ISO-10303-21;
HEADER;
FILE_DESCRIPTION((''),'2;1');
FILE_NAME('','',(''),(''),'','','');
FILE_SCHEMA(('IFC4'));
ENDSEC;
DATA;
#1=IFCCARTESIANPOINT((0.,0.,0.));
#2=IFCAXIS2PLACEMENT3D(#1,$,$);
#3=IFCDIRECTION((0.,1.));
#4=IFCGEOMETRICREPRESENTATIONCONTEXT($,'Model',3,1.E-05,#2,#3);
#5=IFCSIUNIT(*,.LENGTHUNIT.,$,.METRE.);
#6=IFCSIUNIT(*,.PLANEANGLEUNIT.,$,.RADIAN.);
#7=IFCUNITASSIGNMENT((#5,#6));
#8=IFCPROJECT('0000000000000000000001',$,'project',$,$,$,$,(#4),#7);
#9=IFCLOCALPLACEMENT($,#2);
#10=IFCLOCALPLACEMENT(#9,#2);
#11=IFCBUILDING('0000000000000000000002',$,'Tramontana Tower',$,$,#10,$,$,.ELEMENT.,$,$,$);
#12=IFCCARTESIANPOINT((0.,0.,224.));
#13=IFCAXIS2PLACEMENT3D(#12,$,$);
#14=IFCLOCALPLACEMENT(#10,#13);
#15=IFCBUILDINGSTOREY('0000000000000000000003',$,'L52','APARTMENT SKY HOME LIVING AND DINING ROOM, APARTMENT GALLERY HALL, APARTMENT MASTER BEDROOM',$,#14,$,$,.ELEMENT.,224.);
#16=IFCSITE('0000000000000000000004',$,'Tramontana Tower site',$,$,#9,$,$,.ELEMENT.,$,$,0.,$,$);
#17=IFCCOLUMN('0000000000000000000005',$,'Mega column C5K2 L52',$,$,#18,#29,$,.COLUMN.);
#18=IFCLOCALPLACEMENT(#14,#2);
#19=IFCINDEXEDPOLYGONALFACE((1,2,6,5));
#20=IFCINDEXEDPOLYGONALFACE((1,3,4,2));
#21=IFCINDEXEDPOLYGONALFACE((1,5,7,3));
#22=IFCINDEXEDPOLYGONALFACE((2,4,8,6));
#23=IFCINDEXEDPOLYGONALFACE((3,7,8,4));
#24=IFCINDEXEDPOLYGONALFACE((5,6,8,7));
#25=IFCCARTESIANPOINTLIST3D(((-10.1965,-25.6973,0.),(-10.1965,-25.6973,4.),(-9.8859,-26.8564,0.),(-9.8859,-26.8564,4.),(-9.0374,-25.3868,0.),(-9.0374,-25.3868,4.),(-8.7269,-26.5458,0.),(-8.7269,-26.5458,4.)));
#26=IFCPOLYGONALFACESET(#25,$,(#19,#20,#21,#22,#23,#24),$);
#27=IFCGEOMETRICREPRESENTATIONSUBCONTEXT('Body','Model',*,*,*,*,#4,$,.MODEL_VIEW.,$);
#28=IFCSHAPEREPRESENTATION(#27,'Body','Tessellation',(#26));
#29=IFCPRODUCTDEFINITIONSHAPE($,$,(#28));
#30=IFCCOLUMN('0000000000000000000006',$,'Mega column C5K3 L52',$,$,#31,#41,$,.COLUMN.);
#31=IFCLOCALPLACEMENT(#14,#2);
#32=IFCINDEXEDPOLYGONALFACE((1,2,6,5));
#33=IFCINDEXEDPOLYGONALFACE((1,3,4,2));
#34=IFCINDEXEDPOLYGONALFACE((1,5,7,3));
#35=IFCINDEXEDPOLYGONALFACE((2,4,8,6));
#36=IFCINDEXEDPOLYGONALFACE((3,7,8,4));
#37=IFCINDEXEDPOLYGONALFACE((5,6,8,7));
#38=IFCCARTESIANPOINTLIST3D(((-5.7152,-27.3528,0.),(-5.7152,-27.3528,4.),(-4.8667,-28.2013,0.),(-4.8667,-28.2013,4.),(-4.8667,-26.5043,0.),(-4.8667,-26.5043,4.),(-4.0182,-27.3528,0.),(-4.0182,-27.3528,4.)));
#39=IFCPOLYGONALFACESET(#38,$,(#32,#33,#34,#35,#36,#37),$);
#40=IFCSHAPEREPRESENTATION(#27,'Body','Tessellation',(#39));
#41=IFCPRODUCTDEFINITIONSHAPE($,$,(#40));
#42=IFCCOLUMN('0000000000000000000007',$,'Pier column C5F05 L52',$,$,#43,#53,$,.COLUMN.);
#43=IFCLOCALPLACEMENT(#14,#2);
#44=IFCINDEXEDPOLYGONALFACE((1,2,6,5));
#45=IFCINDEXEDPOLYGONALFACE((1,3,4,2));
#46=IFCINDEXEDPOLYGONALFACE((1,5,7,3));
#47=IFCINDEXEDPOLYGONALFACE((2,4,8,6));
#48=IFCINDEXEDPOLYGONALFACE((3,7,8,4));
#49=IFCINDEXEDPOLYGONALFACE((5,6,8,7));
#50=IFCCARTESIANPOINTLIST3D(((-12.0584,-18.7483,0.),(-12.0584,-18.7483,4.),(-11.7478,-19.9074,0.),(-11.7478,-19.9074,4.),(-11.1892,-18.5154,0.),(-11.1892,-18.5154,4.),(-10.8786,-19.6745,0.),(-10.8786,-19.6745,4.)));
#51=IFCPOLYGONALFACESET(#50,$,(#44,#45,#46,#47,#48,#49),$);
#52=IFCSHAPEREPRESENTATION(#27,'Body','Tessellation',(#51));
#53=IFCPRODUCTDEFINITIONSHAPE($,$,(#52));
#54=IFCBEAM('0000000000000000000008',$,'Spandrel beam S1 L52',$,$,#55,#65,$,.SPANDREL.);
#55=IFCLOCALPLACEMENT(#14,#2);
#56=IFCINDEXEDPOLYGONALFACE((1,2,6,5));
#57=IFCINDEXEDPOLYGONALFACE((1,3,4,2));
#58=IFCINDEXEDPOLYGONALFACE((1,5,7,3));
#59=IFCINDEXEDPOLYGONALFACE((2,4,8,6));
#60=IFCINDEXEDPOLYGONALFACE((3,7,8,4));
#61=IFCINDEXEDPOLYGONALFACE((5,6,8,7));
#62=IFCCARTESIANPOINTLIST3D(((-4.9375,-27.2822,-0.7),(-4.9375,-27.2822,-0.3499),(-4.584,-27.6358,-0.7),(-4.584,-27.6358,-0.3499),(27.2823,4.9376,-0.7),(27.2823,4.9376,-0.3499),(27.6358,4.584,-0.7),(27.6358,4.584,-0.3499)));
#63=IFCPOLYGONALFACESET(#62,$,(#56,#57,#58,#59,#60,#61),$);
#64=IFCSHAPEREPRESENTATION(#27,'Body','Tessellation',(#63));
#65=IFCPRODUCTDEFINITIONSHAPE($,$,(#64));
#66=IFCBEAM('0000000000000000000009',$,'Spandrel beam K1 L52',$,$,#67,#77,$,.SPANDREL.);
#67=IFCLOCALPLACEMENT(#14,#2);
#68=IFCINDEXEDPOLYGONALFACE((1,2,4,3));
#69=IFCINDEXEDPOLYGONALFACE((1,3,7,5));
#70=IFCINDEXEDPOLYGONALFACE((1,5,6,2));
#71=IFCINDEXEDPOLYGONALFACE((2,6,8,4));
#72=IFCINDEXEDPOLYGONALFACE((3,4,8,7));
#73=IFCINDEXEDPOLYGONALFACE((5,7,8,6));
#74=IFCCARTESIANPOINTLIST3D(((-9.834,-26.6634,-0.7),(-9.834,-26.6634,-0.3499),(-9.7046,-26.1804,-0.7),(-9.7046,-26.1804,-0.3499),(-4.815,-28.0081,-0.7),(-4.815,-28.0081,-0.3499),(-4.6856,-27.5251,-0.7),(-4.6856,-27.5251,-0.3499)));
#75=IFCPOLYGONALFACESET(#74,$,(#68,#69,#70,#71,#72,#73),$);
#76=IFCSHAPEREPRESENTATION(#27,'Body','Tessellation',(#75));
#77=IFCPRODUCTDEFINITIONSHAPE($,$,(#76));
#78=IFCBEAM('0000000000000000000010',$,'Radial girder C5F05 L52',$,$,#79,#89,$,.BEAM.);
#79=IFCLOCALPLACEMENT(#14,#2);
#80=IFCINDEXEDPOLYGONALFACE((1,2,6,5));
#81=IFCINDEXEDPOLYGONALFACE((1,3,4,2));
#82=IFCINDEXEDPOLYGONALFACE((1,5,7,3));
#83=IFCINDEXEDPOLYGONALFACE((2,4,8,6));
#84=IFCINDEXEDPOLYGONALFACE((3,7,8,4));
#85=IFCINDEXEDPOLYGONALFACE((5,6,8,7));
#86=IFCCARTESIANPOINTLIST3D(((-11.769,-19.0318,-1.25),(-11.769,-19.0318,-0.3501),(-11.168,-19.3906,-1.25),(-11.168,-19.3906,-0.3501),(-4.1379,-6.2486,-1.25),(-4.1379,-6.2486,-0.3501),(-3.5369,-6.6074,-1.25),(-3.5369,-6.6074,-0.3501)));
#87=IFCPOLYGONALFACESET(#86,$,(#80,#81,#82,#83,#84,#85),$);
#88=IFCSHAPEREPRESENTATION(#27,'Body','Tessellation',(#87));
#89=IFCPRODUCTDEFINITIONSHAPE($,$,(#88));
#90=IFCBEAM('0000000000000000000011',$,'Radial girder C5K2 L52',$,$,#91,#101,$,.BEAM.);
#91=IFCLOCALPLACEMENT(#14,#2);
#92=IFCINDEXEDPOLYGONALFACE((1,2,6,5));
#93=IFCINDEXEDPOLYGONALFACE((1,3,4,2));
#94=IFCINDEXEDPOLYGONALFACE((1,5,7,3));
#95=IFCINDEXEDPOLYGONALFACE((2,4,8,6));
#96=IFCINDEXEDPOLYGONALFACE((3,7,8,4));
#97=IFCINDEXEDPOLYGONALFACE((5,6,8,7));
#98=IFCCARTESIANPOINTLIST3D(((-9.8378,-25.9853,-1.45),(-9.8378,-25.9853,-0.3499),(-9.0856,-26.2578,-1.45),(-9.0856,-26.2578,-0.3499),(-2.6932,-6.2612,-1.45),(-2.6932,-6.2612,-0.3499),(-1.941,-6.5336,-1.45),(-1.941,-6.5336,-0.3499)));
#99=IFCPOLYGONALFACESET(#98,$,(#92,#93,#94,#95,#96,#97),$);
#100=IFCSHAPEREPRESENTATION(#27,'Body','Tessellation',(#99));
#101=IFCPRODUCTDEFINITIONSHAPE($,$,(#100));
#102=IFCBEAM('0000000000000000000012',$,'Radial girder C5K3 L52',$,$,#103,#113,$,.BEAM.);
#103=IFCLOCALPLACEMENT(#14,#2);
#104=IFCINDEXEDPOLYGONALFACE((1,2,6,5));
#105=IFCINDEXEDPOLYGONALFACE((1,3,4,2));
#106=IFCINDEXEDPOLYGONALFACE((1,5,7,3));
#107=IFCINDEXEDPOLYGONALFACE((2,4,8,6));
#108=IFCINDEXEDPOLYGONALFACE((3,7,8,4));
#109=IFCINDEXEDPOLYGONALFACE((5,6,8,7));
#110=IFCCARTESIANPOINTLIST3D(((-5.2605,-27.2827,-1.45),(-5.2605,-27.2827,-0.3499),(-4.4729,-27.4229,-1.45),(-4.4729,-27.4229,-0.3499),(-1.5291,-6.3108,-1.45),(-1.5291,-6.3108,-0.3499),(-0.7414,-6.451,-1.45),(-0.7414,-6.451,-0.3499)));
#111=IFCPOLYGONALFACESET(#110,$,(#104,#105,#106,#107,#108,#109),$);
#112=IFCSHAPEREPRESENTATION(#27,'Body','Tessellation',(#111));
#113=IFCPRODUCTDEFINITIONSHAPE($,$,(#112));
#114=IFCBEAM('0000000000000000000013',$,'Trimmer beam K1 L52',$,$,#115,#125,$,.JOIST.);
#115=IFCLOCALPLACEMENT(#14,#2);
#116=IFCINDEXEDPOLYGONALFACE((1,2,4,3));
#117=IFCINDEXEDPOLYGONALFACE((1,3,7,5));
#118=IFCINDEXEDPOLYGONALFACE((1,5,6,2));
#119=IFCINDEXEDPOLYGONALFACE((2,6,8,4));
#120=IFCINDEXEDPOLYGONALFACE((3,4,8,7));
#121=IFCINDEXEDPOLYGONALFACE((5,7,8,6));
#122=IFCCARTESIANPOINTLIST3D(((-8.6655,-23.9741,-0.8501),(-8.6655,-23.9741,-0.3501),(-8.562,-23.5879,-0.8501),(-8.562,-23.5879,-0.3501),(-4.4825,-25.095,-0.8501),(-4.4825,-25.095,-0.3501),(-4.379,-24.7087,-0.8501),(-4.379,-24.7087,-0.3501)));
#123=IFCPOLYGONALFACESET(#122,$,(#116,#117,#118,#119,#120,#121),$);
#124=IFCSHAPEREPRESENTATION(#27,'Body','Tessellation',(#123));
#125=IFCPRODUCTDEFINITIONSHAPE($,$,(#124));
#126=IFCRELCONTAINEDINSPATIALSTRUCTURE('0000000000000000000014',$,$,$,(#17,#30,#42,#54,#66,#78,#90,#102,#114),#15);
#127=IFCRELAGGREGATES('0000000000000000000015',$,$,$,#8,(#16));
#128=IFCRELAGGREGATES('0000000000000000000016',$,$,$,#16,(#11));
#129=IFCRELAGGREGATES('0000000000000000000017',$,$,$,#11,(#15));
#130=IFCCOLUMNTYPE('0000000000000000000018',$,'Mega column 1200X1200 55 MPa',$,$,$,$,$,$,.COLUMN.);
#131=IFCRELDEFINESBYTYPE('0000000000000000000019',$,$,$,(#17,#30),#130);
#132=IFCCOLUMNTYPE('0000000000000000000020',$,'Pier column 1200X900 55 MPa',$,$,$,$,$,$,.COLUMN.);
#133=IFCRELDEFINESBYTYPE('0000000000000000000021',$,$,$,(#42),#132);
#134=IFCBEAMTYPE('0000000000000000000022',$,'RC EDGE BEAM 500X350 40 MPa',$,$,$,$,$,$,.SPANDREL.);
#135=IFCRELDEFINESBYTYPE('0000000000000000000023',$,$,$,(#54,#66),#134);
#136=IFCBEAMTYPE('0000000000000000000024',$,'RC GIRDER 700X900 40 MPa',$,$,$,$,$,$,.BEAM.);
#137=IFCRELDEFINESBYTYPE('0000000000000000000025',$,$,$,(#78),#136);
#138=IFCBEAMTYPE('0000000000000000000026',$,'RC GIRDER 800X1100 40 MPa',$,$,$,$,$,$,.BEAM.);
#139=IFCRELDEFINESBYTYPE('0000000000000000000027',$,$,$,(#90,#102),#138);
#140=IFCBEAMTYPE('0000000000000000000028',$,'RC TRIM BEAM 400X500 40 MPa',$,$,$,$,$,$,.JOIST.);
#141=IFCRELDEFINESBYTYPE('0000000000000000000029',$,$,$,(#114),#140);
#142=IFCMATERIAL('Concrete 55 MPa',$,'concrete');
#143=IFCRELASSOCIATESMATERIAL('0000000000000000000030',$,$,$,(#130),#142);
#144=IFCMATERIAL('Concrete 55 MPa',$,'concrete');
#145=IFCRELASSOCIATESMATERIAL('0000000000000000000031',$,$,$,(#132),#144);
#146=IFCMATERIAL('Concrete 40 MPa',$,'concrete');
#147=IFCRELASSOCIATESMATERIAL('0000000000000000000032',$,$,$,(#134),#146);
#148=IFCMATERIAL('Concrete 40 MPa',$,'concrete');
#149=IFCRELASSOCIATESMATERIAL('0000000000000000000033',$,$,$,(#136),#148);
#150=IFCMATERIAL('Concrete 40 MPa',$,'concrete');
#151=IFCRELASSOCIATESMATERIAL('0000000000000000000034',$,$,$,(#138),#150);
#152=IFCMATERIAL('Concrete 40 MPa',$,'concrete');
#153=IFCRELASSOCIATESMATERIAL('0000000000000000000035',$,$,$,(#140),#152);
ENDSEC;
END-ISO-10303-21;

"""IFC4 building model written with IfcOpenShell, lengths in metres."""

from ifc_helpers import new_model, si_unit, direction, frame, origin, origin_2d, place, context, subcontext, project, spatial, rectangle, extrude, material, material_profile, profile_set, type_object, element, save


model = new_model("IFC4")

# Units and contexts
model_context = context("Model", 3, precision=1e-05, world=origin(), true_north=direction((0.0, 1.0)))
body_context = subcontext(model_context, "Body", "Model", "MODEL_VIEW")
ifc_project = project(units=[si_unit("LENGTHUNIT", "METRE"), si_unit("PLANEANGLEUNIT", "RADIAN")], contexts=[model_context])

# Site, building, storey
site_placement = place(None, origin())
site = spatial("IfcSite", under=ifc_project, at=site_placement, Name="Tramontana Tower site", CompositionType="ELEMENT", RefElevation=0.0)
building_placement = place(site_placement, origin())
building = spatial("IfcBuilding", under=site, at=building_placement, Name="Tramontana Tower", CompositionType="ELEMENT")
storey_placement = place(building_placement, frame((0.0, 0.0, 224.0)))
storey = spatial("IfcBuildingStorey", under=building, at=storey_placement, Name="L52", Description="APARTMENT SKY HOME LIVING AND DINING ROOM, APARTMENT GALLERY HALL, APARTMENT MASTER BEDROOM", CompositionType="ELEMENT", Elevation=224.0)

# Columns
ifc_material_1 = material(Name="Concrete 55 MPa", Category="concrete")
ifc_material_profile_1 = material_profile(ifc_material_1, rectangle(XDim=1.2, YDim=1.2, at=origin_2d()), Name="Mega column 1200X1200 55 MPa")
ifc_profile_set_1 = profile_set([ifc_material_profile_1], Name="Concrete 55 MPa")
column_type_1 = type_object("IfcColumnType", Name="Mega column 1200X1200 55 MPa", PredefinedType="COLUMN", material=ifc_profile_set_1)
for number, where, z_axis, x_axis, name in (
    (1, (-9.4617, -26.1216, 0.0), (0.0, 0.0, 1.0), (0.258819, -0.965926, 0.0), "Mega column C5K2 L52"),
    (2, (-4.8667, -27.3528, 0.0), (0.0, 0.0, 1.0), (0.707107, 0.707107, 0.0), "Mega column C5K3 L52"),
):
    element("IfcColumn", number, at=place(storey_placement, frame(where, z_axis=z_axis, x_axis=x_axis)), inside=storey, type_object=column_type_1, Name=name, PredefinedType="COLUMN", context=body_context, shape_type="SweptSolid", body=[
        extrude(rectangle(XDim=1.2, YDim=1.2, at=origin_2d()), origin(), (0.0, 0.0, 1.0), 4.0),
    ])
ifc_material_2 = material(Name="Concrete 55 MPa", Category="concrete")
ifc_material_profile_2 = material_profile(ifc_material_2, rectangle(XDim=1.2, YDim=0.8999, at=origin_2d()), Name="Pier column 1200X900 55 MPa")
ifc_profile_set_2 = profile_set([ifc_material_profile_2], Name="Concrete 55 MPa")
column_type_2 = type_object("IfcColumnType", Name="Pier column 1200X900 55 MPa", PredefinedType="COLUMN", material=ifc_profile_set_2)
column_placement = place(storey_placement, frame((-11.4685, -19.2114, 0.0), z_axis=(0.0, 0.0, 1.0), x_axis=(0.258819, -0.965926, 0.0)))
element("IfcColumn", 3, at=column_placement, inside=storey, type_object=column_type_2, Name="Pier column C5F05 L52", PredefinedType="COLUMN", context=body_context, shape_type="SweptSolid", body=[
    extrude(rectangle(XDim=1.2, YDim=0.8999, at=origin_2d()), origin(), (0.0, 0.0, 1.0), 4.0),
])

# Beams
ifc_material_3 = material(Name="Concrete 40 MPa", Category="concrete")
ifc_material_profile_3 = material_profile(ifc_material_3, rectangle(XDim=0.5, YDim=0.3501, at=origin_2d()), Name="RC EDGE BEAM 500X350 40 MPa")
ifc_profile_set_3 = profile_set([ifc_material_profile_3], Name="Concrete 40 MPa")
beam_type_1 = type_object("IfcBeamType", Name="RC EDGE BEAM 500X350 40 MPa", PredefinedType="SPANDREL", material=ifc_profile_set_3)
beam_1_placement = place(storey_placement, frame((-4.7607, -27.459, -0.5249), z_axis=(0.707107, 0.707107, 0.0), x_axis=(-0.707107, 0.707107, 0.0)))
element("IfcBeam", 4, at=beam_1_placement, inside=storey, type_object=beam_type_1, Name="Spandrel beam S1 L52", PredefinedType="SPANDREL", context=body_context, shape_type="SweptSolid", body=[
    extrude(rectangle(XDim=0.5, YDim=0.3501, at=origin_2d()), origin(), (0.0, 0.0, 1.0), 45.5657),
])
beam_2_placement = place(storey_placement, frame((-9.7693, -26.4219, -0.5249), z_axis=(0.965932, -0.258797, 0.0), x_axis=(0.258797, 0.965932, 0.0)))
element("IfcBeam", 5, at=beam_2_placement, inside=storey, type_object=beam_type_1, Name="Spandrel beam K1 L52", PredefinedType="SPANDREL", context=body_context, shape_type="SweptSolid", body=[
    extrude(rectangle(XDim=0.5, YDim=0.3501, at=origin_2d()), origin(), (0.0, 0.0, 1.0), 5.196),
])
ifc_material_4 = material(Name="Concrete 40 MPa", Category="concrete")
ifc_material_profile_4 = material_profile(ifc_material_4, rectangle(XDim=0.7, YDim=0.8999, at=origin_2d()), Name="RC GIRDER 700X900 40 MPa")
ifc_profile_set_4 = profile_set([ifc_material_profile_4], Name="Concrete 40 MPa")
beam_type_2 = type_object("IfcBeamType", Name="RC GIRDER 700X900 40 MPa", PredefinedType="BEAM", material=ifc_profile_set_4)
beam_3_placement = place(storey_placement, frame((-11.4685, -19.2112, -0.8), z_axis=(0.512577, 0.858641, 0.0), x_axis=(-0.858641, 0.512577, 0.0)))
element("IfcBeam", 6, at=beam_3_placement, inside=storey, type_object=beam_type_2, Name="Radial girder C5F05 L52", PredefinedType="BEAM", context=body_context, shape_type="SweptSolid", body=[
    extrude(rectangle(XDim=0.7, YDim=0.8999, at=origin_2d()), origin(), (0.0, 0.0, 1.0), 14.8877),
])
ifc_material_5 = material(Name="Concrete 40 MPa", Category="concrete")
ifc_material_profile_5 = material_profile(ifc_material_5, rectangle(XDim=0.8, YDim=1.1001, at=origin_2d()), Name="RC GIRDER 800X1100 40 MPa")
ifc_profile_set_5 = profile_set([ifc_material_profile_5], Name="Concrete 40 MPa")
beam_type_3 = type_object("IfcBeamType", Name="RC GIRDER 800X1100 40 MPa", PredefinedType="BEAM", material=ifc_profile_set_5)
beam_4_placement = place(storey_placement, frame((-9.4617, -26.1216, -0.8999), z_axis=(0.340569, 0.940219, 0.0), x_axis=(-0.940219, 0.340569, 0.0)))
element("IfcBeam", 7, at=beam_4_placement, inside=storey, type_object=beam_type_3, Name="Radial girder C5K2 L52", PredefinedType="BEAM", context=body_context, shape_type="SweptSolid", body=[
    extrude(rectangle(XDim=0.8, YDim=1.1001, at=origin_2d()), origin(), (0.0, 0.0, 1.0), 20.9783),
])
beam_5_placement = place(storey_placement, frame((-4.8667, -27.3528, -0.8999), z_axis=(0.175175, 0.984537, 0.0), x_axis=(-0.984537, 0.175175, 0.0)))
element("IfcBeam", 8, at=beam_5_placement, inside=storey, type_object=beam_type_3, Name="Radial girder C5K3 L52", PredefinedType="BEAM", context=body_context, shape_type="SweptSolid", body=[
    extrude(rectangle(XDim=0.8, YDim=1.1001, at=origin_2d()), origin(), (0.0, 0.0, 1.0), 21.3013),
])
ifc_material_6 = material(Name="Concrete 40 MPa", Category="concrete")
ifc_material_profile_6 = material_profile(ifc_material_6, rectangle(XDim=0.3999, YDim=0.5, at=origin_2d()), Name="RC TRIM BEAM 400X500 40 MPa")
ifc_profile_set_6 = profile_set([ifc_material_profile_6], Name="Concrete 40 MPa")
beam_type_4 = type_object("IfcBeamType", Name="RC TRIM BEAM 400X500 40 MPa", PredefinedType="JOIST", material=ifc_profile_set_6)
beam_6_placement = place(storey_placement, frame((-8.6138, -23.781, -0.6001), z_axis=(0.965926, -0.258817, 0.0), x_axis=(0.258817, 0.965926, 0.0)))
element("IfcBeam", 9, at=beam_6_placement, inside=storey, type_object=beam_type_4, Name="Trimmer beam K1 L52", PredefinedType="JOIST", context=body_context, shape_type="SweptSolid", body=[
    extrude(rectangle(XDim=0.3999, YDim=0.5, at=origin_2d()), origin(), (0.0, 0.0, 1.0), 4.3306),
])

save(model, "model.ifc")
